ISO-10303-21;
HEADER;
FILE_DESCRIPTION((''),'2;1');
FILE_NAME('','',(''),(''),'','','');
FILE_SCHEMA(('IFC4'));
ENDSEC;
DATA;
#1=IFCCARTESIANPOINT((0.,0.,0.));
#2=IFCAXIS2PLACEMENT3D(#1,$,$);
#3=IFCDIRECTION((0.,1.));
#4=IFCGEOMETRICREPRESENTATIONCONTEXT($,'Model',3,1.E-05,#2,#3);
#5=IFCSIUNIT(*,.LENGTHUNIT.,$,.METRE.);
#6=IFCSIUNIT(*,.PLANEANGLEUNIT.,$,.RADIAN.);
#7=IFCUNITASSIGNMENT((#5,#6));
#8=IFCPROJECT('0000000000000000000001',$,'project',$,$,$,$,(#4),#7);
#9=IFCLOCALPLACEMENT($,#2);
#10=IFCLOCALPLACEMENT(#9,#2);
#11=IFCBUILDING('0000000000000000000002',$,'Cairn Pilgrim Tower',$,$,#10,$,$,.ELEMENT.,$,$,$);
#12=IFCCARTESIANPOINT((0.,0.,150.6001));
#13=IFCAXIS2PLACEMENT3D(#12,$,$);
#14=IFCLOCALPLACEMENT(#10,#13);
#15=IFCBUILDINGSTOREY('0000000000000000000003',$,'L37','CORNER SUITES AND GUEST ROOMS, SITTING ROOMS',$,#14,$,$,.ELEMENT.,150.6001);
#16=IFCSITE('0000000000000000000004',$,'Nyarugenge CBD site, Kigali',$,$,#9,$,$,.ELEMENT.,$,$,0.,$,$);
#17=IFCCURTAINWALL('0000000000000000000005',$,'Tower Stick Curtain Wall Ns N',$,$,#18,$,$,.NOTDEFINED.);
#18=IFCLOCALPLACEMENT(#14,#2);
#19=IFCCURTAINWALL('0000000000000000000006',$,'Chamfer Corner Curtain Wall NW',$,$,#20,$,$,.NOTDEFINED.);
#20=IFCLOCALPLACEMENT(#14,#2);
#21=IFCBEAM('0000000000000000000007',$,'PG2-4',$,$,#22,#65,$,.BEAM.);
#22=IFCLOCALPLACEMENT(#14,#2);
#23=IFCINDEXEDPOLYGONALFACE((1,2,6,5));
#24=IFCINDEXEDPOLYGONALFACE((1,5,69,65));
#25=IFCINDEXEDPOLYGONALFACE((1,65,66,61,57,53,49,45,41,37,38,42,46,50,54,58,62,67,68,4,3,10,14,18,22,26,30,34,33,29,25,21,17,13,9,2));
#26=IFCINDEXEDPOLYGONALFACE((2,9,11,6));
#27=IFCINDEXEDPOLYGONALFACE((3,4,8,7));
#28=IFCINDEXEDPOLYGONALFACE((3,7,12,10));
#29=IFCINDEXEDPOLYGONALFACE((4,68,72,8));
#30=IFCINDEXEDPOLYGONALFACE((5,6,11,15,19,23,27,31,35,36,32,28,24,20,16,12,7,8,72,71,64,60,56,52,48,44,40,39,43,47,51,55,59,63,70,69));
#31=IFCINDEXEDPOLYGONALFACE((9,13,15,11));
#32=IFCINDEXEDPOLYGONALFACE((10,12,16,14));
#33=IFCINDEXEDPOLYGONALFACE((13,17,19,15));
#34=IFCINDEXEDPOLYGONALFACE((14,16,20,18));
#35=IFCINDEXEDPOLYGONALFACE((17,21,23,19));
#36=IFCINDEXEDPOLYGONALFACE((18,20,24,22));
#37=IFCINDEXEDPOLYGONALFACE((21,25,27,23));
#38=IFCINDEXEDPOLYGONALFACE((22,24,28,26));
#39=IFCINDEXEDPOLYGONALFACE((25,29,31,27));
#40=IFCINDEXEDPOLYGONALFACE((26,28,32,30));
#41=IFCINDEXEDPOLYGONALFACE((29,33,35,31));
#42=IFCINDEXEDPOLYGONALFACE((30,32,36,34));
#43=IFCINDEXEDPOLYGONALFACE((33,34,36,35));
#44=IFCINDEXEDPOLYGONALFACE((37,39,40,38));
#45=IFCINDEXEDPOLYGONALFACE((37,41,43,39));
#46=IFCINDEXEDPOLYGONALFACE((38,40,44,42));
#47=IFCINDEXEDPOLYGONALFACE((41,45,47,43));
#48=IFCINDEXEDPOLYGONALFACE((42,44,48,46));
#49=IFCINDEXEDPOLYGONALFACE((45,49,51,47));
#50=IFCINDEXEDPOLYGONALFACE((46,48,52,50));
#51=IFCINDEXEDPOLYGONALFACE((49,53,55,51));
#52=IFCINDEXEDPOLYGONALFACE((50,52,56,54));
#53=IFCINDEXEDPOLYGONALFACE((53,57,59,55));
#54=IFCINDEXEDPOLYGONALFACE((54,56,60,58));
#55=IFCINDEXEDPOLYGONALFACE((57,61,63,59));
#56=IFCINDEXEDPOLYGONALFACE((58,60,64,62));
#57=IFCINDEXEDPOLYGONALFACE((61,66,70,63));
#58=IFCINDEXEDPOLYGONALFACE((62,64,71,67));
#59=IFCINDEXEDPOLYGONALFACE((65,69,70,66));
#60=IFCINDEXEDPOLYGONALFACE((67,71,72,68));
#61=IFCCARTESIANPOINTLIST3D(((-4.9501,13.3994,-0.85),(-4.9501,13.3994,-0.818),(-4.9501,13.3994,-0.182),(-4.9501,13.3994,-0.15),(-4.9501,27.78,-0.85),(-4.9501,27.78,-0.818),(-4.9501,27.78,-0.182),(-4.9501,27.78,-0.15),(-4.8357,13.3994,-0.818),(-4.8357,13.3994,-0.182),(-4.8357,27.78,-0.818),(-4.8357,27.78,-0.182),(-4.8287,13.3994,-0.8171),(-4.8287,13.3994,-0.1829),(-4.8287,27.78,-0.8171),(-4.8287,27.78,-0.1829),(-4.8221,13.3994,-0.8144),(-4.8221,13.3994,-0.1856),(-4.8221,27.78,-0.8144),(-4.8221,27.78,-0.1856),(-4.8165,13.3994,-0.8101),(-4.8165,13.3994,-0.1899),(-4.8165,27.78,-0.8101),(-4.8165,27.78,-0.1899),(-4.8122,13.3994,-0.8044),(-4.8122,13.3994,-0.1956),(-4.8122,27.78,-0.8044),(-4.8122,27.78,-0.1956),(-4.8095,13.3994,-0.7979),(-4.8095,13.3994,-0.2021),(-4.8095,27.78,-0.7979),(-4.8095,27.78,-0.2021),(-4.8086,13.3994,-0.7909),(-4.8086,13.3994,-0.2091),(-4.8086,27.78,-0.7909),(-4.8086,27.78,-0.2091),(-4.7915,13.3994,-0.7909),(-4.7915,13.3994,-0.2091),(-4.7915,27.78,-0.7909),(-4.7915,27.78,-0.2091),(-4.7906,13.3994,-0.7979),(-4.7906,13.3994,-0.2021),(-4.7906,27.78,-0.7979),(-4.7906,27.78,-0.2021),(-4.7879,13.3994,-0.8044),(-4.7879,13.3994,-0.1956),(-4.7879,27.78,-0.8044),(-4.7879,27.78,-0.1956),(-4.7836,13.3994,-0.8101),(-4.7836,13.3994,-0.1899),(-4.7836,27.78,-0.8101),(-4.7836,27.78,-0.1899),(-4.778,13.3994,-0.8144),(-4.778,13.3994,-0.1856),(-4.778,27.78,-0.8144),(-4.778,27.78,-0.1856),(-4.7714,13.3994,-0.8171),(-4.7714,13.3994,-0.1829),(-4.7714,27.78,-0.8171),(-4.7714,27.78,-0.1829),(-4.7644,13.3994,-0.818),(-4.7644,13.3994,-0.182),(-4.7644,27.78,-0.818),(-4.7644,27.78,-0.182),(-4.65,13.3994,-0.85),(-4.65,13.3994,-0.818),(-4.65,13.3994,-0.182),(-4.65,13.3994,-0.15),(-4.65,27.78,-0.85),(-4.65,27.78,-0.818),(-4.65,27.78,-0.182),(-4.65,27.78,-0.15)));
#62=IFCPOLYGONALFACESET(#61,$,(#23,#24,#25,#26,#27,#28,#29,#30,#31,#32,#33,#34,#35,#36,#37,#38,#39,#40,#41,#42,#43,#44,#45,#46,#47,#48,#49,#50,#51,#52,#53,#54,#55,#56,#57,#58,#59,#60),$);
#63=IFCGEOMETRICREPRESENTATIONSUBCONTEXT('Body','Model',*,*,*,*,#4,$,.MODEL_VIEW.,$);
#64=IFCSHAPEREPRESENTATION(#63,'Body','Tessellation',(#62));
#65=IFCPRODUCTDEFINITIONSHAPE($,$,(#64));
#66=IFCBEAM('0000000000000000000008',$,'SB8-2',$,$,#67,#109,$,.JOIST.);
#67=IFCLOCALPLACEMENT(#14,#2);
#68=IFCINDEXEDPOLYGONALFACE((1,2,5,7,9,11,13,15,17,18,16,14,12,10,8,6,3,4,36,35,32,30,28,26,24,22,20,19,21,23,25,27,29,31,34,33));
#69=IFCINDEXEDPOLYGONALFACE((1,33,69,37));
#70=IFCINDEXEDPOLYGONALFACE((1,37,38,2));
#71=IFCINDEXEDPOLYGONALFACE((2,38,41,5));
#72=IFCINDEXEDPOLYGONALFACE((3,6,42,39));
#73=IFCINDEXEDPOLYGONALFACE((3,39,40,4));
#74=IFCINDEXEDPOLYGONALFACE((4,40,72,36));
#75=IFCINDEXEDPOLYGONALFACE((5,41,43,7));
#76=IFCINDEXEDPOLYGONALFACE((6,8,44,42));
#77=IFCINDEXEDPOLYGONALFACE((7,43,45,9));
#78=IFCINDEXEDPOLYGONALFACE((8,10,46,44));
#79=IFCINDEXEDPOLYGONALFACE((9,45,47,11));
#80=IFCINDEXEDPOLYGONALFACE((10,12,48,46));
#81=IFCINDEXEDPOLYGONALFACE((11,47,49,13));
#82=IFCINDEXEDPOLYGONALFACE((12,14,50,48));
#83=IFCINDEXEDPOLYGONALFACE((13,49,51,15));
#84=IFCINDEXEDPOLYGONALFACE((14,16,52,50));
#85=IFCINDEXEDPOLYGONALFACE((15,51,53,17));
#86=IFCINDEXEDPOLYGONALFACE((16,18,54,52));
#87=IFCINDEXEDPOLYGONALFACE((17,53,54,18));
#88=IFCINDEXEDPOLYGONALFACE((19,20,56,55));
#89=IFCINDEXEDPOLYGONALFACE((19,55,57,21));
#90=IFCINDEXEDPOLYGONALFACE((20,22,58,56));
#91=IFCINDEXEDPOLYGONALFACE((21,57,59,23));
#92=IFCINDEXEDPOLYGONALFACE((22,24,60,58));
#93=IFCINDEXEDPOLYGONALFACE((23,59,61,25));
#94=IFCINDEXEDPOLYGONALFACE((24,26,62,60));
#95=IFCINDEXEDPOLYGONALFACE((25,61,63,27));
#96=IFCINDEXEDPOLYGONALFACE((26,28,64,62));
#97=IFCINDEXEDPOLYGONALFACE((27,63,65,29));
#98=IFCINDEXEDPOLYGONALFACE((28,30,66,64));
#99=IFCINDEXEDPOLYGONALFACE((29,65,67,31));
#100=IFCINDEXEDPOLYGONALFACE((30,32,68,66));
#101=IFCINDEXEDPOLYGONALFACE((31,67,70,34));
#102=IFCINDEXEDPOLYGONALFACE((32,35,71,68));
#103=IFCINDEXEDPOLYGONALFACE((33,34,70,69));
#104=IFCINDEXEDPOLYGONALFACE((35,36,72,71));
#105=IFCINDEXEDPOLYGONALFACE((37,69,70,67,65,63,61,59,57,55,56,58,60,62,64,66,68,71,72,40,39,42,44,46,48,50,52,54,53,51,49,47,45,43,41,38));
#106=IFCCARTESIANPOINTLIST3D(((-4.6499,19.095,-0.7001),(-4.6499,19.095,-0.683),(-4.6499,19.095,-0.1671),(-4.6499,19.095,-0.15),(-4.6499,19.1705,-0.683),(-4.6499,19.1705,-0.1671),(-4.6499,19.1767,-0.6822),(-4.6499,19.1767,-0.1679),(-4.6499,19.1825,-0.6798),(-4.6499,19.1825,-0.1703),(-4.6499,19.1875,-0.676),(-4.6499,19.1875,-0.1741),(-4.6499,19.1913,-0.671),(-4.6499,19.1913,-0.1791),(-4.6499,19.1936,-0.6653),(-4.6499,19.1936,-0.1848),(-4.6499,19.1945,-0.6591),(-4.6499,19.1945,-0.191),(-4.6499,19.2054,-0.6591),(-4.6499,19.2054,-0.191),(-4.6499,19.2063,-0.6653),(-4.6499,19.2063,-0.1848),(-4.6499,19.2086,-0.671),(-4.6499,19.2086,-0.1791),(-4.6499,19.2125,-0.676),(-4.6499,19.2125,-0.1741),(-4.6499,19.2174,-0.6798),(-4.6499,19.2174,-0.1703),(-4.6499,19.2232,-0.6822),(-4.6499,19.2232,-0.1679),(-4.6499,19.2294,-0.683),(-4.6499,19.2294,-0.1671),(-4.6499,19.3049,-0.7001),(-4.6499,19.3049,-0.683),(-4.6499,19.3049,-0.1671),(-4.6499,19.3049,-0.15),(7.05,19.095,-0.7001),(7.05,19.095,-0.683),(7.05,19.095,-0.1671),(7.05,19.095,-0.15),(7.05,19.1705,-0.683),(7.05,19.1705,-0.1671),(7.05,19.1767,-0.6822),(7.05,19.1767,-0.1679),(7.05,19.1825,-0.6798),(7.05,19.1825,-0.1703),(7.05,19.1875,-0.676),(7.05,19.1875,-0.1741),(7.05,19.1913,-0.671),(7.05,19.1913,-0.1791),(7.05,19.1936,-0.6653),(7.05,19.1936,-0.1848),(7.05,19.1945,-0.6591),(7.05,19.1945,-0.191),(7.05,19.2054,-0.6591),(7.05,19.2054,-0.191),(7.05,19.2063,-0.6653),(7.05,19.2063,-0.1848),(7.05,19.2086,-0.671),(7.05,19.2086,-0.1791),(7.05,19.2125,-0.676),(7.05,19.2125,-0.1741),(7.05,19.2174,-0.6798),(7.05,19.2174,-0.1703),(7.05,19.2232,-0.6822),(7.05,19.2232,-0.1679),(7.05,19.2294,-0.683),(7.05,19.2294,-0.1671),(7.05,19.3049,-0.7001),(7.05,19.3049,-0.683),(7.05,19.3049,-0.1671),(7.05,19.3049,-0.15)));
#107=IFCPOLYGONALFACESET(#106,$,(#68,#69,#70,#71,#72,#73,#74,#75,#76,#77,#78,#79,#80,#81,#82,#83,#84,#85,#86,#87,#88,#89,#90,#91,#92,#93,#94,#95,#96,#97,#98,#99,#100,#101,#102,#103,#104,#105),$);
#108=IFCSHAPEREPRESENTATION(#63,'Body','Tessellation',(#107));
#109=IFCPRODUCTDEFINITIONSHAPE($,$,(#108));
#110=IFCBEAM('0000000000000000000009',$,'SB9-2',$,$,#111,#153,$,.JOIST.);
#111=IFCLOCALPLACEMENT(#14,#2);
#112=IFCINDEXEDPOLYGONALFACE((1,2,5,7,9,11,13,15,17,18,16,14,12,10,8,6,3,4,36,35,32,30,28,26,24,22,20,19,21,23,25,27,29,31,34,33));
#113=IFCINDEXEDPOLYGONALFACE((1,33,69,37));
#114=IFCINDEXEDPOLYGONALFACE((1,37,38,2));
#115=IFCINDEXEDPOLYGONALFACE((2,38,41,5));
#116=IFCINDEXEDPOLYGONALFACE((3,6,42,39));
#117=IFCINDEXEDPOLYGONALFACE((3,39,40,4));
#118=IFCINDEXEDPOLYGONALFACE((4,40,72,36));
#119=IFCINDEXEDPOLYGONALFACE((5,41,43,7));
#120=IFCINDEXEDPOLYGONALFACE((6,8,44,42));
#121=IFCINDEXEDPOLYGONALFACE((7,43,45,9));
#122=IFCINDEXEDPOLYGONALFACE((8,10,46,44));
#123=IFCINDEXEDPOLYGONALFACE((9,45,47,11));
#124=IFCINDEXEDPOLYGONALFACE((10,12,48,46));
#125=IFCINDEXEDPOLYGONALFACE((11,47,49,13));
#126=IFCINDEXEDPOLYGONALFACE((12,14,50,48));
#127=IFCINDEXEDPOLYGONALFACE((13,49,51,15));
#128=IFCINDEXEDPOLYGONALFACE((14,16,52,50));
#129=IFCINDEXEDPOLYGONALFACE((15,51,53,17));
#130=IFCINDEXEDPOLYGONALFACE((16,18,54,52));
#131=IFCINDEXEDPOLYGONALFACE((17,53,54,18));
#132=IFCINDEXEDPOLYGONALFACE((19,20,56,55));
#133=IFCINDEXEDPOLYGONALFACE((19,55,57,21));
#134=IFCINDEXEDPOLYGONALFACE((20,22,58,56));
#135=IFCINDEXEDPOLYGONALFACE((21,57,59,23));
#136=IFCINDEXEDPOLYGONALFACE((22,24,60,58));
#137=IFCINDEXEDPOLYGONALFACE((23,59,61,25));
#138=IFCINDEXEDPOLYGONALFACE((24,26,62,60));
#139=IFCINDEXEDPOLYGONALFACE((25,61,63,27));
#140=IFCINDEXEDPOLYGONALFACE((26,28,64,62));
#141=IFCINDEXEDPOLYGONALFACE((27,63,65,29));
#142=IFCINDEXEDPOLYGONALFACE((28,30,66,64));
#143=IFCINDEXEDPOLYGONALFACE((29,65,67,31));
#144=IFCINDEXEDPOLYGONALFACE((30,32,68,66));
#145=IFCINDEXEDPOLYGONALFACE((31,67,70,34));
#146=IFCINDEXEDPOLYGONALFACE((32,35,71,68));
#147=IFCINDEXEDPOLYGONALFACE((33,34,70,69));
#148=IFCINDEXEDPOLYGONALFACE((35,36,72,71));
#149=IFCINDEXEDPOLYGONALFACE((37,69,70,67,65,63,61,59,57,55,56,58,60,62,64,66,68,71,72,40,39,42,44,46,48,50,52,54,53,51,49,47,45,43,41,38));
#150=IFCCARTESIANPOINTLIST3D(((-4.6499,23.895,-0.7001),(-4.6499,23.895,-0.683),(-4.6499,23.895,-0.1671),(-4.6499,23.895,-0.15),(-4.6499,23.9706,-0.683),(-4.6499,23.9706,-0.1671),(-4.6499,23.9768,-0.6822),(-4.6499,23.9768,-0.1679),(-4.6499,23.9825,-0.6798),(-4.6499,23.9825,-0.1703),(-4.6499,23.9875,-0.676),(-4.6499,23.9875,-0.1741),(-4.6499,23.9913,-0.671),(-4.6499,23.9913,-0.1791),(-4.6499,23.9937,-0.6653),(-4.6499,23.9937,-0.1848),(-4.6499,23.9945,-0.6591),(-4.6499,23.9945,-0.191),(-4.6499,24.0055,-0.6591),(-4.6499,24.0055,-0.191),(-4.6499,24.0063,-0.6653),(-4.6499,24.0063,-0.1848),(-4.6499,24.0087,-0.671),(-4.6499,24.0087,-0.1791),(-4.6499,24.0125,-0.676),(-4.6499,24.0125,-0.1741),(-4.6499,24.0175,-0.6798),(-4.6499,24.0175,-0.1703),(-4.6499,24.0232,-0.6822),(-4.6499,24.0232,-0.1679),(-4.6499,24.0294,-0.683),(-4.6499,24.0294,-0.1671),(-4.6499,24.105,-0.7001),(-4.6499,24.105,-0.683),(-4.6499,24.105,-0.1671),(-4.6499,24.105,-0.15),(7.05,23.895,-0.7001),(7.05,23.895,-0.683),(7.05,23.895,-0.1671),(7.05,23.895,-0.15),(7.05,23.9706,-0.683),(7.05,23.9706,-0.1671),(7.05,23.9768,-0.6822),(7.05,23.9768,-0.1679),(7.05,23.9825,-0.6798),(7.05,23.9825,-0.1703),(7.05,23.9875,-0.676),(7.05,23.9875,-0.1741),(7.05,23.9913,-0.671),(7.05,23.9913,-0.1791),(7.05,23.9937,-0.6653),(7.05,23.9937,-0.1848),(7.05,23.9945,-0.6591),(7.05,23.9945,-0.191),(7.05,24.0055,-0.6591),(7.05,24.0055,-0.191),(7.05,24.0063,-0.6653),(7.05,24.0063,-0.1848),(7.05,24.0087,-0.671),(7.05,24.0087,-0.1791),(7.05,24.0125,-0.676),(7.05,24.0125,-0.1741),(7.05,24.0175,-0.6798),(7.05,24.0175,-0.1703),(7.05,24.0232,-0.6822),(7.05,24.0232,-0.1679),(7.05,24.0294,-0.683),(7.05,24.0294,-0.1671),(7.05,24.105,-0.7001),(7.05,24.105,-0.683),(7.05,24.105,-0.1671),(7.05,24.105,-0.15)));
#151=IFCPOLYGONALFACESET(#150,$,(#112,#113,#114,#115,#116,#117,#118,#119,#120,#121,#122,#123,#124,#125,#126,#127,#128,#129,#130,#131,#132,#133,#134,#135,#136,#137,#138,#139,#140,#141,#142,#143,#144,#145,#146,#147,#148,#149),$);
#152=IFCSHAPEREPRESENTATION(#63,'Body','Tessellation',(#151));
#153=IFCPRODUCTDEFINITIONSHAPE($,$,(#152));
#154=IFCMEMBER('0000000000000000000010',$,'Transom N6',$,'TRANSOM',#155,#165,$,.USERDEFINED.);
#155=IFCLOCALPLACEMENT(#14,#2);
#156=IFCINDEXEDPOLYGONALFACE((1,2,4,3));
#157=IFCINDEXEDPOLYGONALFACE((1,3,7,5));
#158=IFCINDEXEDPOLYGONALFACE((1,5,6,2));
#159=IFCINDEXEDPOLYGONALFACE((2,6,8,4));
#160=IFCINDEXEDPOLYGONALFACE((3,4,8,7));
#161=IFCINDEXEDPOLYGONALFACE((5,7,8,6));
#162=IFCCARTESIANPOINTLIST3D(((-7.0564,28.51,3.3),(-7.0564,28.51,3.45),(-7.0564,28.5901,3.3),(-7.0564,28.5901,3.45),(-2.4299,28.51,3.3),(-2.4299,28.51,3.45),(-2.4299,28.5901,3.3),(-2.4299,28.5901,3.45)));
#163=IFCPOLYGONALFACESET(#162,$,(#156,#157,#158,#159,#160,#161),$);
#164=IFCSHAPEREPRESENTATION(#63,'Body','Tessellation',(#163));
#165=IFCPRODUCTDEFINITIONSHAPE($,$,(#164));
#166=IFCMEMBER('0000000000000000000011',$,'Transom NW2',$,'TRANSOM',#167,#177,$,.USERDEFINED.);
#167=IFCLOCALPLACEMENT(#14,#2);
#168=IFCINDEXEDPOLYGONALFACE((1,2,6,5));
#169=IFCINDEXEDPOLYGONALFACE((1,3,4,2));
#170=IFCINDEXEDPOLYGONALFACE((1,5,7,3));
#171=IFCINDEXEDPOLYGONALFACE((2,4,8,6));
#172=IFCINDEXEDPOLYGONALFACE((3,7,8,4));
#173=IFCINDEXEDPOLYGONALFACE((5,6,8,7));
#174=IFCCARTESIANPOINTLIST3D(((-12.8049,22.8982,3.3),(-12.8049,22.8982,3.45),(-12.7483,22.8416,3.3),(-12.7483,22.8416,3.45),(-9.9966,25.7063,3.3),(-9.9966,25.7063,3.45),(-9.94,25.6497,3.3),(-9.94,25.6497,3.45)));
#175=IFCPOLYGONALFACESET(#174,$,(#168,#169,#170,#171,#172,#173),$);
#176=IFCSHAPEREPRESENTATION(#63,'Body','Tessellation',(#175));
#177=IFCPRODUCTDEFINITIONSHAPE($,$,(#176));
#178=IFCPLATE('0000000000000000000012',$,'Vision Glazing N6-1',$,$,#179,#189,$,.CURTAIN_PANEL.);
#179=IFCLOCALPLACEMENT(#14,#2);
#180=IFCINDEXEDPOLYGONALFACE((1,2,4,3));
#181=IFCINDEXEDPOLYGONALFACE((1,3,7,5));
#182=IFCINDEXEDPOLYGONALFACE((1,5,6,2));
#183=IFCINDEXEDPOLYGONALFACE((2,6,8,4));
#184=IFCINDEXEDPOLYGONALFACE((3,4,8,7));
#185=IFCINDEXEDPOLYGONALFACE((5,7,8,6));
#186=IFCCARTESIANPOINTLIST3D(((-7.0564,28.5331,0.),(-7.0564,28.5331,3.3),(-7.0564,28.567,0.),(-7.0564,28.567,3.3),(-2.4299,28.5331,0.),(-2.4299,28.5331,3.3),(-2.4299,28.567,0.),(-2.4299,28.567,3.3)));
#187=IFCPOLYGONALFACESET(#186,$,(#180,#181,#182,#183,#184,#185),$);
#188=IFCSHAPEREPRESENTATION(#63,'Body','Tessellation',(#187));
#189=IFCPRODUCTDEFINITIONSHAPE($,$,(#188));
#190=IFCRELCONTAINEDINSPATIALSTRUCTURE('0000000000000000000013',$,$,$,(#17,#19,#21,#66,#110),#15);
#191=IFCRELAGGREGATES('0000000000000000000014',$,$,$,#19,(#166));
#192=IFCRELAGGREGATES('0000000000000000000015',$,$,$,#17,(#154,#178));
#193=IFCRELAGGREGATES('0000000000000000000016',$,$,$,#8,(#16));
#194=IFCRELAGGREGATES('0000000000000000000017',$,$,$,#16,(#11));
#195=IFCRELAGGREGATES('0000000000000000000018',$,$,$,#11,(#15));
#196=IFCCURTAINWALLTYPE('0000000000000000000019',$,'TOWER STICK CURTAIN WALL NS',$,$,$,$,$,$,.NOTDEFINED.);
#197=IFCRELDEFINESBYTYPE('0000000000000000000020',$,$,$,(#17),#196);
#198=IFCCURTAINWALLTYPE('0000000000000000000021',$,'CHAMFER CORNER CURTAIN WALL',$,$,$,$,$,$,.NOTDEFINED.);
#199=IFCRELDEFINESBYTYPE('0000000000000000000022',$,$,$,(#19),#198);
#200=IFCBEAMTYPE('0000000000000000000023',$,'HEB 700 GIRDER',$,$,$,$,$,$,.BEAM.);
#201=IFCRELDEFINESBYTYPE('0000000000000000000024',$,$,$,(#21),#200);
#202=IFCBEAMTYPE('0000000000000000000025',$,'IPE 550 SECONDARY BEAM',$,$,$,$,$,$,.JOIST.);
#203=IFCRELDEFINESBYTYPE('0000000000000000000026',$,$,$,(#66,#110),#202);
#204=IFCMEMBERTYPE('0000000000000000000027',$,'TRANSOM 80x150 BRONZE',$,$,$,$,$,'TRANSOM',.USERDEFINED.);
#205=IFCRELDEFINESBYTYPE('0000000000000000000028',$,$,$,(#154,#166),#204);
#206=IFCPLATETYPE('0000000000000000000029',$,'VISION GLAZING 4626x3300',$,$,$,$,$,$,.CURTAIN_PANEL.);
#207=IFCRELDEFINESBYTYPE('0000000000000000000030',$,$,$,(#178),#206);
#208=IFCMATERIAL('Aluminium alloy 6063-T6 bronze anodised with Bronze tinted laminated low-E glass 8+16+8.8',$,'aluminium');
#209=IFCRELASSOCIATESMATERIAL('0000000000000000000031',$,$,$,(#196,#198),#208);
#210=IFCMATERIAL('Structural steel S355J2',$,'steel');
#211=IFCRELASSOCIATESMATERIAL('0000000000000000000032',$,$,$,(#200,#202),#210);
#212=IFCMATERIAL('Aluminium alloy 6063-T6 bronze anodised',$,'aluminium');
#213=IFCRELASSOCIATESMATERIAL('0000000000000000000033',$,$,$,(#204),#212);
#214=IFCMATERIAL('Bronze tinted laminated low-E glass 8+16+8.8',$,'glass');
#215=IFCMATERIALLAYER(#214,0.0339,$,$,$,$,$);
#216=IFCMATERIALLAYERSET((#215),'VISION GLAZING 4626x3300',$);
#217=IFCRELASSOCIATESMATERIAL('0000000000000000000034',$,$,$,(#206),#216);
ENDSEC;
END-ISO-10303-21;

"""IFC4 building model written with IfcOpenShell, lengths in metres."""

from ifc_helpers import new_model, si_unit, direction, frame, origin, origin_2d, place, context, subcontext, project, spatial, rectangle, i_section, extrude, material, layer, layer_set, material_profile, profile_set, type_object, element, aggregate, save


model = new_model("IFC4")

# Units and contexts
model_context = context("Model", 3, precision=1e-05, world=origin(), true_north=direction((0.0, 1.0)))
body_context = subcontext(model_context, "Body", "Model", "MODEL_VIEW")
ifc_project = project(units=[si_unit("LENGTHUNIT", "METRE"), si_unit("PLANEANGLEUNIT", "RADIAN")], contexts=[model_context])

# Site, building, storey
site_placement = place(None, origin())
site = spatial("IfcSite", under=ifc_project, at=site_placement, Name="Nyarugenge CBD site, Kigali", CompositionType="ELEMENT", RefElevation=0.0)
building_placement = place(site_placement, origin())
building = spatial("IfcBuilding", under=site, at=building_placement, Name="Cairn Pilgrim Tower", CompositionType="ELEMENT")
storey_placement = place(building_placement, frame((0.0, 0.0, 150.6001)))
storey = spatial("IfcBuildingStorey", under=building, at=storey_placement, Name="L37", Description="CORNER SUITES AND GUEST ROOMS, SITTING ROOMS", CompositionType="ELEMENT", Elevation=150.6001)

# Curtain wall
ifc_material_1 = material(Name="Aluminium alloy 6063-T6 bronze anodised with Bronze tinted laminated low-E glass 8+16+8.8", Category="aluminium")
curtain_wall_type_1 = type_object("IfcCurtainWallType", Name="TOWER STICK CURTAIN WALL NS", PredefinedType="NOTDEFINED", material=ifc_material_1)
curtain_wall_1_placement = place(storey_placement, origin())
curtain_wall_1 = element("IfcCurtainWall", 1, at=curtain_wall_1_placement, inside=storey, type_object=curtain_wall_type_1, Name="Tower Stick Curtain Wall Ns N", PredefinedType="NOTDEFINED")
ifc_material_2 = material(Name="Aluminium alloy 6063-T6 bronze anodised", Category="aluminium")

# Curtain wall
curtain_wall_type_2 = type_object("IfcCurtainWallType", Name="CHAMFER CORNER CURTAIN WALL", PredefinedType="NOTDEFINED", material=ifc_material_1)
curtain_wall_2_placement = place(storey_placement, origin())
curtain_wall_2 = element("IfcCurtainWall", 2, at=curtain_wall_2_placement, inside=storey, type_object=curtain_wall_type_2, Name="Chamfer Corner Curtain Wall NW", PredefinedType="NOTDEFINED")

# Beams
ifc_material_3 = material(Name="Structural steel S355J2", Category="steel")
ifc_material_profile_1 = material_profile(ifc_material_3, i_section(OverallWidth=0.3, OverallDepth=0.7, WebThickness=0.0171, FlangeThickness=0.032, FilletRadius=0.0271, at=origin_2d()), Name="HEB 700")
ifc_profile_set_1 = profile_set([ifc_material_profile_1], Name="Structural steel S355J2")
beam_type_1 = type_object("IfcBeamType", Name="HEB 700 GIRDER", PredefinedType="BEAM", material=ifc_profile_set_1)
beam_1_placement = place(storey_placement, frame((-4.8, 13.3994, -0.5), z_axis=(0.0, 1.0, 0.0), x_axis=(-1.0, 0.0, 0.0)))
element("IfcBeam", 3, at=beam_1_placement, inside=storey, type_object=beam_type_1, Name="PG2-4", PredefinedType="BEAM", context=body_context, shape_type="SweptSolid", body=[
    extrude(i_section(OverallWidth=0.3, OverallDepth=0.7, WebThickness=0.0171, FlangeThickness=0.032, FilletRadius=0.0271, at=origin_2d()), origin(), (0.0, 0.0, 1.0), 14.3806),
])
ifc_material_profile_2 = material_profile(ifc_material_3, i_section(OverallWidth=0.21, OverallDepth=0.55, WebThickness=0.011, FlangeThickness=0.0171, FilletRadius=0.0239, at=origin_2d()), Name="IPE 550")
ifc_profile_set_2 = profile_set([ifc_material_profile_2], Name="Structural steel S355J2")
beam_type_2 = type_object("IfcBeamType", Name="IPE 550 SECONDARY BEAM", PredefinedType="JOIST", material=ifc_profile_set_2)
for number, where, z_axis, x_axis, name in (
    (4, (-4.6499, 19.2, -0.425), (1.0, 0.0, 0.0), (0.0, 1.0, 0.0), "SB8-2"),
    (5, (-4.6499, 24.0, -0.425), (1.0, 0.0, 0.0), (0.0, 1.0, 0.0), "SB9-2"),
):
    element("IfcBeam", number, at=place(storey_placement, frame(where, z_axis=z_axis, x_axis=x_axis)), inside=storey, type_object=beam_type_2, Name=name, PredefinedType="JOIST", context=body_context, shape_type="SweptSolid", body=[
        extrude(i_section(OverallWidth=0.21, OverallDepth=0.55, WebThickness=0.011, FlangeThickness=0.0171, FilletRadius=0.0239, at=origin_2d()), origin(), (0.0, 0.0, 1.0), 11.7),
    ])

# Members
ifc_material_profile_3 = material_profile(ifc_material_2, rectangle(XDim=0.0801, YDim=0.1499, at=origin_2d()), Name="TRANSOM 80x150 BRONZE")
ifc_profile_set_3 = profile_set([ifc_material_profile_3], Name="Aluminium alloy 6063-T6 bronze anodised")
member_type_1 = type_object("IfcMemberType", Name="TRANSOM 80x150 BRONZE", ElementType="TRANSOM", PredefinedType="USERDEFINED", material=ifc_profile_set_3)
member_1_placement = place(storey_placement, frame((-2.4299, 28.55, 3.375), z_axis=(-1.0, 0.0, 0.0), x_axis=(0.0, -1.0, 0.0)))
member_1 = element("IfcMember", 6, at=member_1_placement, type_object=member_type_1, Name="Transom N6", ObjectType="TRANSOM", PredefinedType="USERDEFINED", context=body_context, shape_type="SweptSolid", body=[
    extrude(rectangle(XDim=0.0801, YDim=0.1499, at=origin_2d()), origin(), (0.0, 0.0, 1.0), 4.6265),
])
member_2_placement = place(storey_placement, frame((-9.9683, 25.678, 3.375), z_axis=(-0.707138, -0.707076, 0.0), x_axis=(0.707076, -0.707138, 0.0)))
member_2 = element("IfcMember", 7, at=member_2_placement, type_object=member_type_1, Name="Transom NW2", ObjectType="TRANSOM", PredefinedType="USERDEFINED", context=body_context, shape_type="SweptSolid", body=[
    extrude(rectangle(XDim=0.0801, YDim=0.1499, at=origin_2d()), origin(), (0.0, 0.0, 1.0), 3.9714),
])
aggregate(curtain_wall_2, [member_2])

# Plate
ifc_material_4 = material(Name="Bronze tinted laminated low-E glass 8+16+8.8", Category="glass")
ifc_layer_1 = layer(ifc_material_4, 0.0339)
ifc_layer_set_1 = layer_set([ifc_layer_1], Name="VISION GLAZING 4626x3300")
plate_type = type_object("IfcPlateType", Name="VISION GLAZING 4626x3300", PredefinedType="CURTAIN_PANEL", material=ifc_layer_set_1)
plate_placement = place(storey_placement, frame((-4.7432, 28.55, 0.0), z_axis=(0.0, 0.0, 1.0), x_axis=(-1.0, 0.0, 0.0)))
plate = element("IfcPlate", 8, at=plate_placement, type_object=plate_type, Name="Vision Glazing N6-1", PredefinedType="CURTAIN_PANEL", context=body_context, shape_type="SweptSolid", body=[
    extrude(rectangle(XDim=4.6265, YDim=0.0339, at=origin_2d()), origin(), (0.0, 0.0, 1.0), 3.3),
])
aggregate(curtain_wall_1, [member_1, plate])

save(model, "model.ifc")
